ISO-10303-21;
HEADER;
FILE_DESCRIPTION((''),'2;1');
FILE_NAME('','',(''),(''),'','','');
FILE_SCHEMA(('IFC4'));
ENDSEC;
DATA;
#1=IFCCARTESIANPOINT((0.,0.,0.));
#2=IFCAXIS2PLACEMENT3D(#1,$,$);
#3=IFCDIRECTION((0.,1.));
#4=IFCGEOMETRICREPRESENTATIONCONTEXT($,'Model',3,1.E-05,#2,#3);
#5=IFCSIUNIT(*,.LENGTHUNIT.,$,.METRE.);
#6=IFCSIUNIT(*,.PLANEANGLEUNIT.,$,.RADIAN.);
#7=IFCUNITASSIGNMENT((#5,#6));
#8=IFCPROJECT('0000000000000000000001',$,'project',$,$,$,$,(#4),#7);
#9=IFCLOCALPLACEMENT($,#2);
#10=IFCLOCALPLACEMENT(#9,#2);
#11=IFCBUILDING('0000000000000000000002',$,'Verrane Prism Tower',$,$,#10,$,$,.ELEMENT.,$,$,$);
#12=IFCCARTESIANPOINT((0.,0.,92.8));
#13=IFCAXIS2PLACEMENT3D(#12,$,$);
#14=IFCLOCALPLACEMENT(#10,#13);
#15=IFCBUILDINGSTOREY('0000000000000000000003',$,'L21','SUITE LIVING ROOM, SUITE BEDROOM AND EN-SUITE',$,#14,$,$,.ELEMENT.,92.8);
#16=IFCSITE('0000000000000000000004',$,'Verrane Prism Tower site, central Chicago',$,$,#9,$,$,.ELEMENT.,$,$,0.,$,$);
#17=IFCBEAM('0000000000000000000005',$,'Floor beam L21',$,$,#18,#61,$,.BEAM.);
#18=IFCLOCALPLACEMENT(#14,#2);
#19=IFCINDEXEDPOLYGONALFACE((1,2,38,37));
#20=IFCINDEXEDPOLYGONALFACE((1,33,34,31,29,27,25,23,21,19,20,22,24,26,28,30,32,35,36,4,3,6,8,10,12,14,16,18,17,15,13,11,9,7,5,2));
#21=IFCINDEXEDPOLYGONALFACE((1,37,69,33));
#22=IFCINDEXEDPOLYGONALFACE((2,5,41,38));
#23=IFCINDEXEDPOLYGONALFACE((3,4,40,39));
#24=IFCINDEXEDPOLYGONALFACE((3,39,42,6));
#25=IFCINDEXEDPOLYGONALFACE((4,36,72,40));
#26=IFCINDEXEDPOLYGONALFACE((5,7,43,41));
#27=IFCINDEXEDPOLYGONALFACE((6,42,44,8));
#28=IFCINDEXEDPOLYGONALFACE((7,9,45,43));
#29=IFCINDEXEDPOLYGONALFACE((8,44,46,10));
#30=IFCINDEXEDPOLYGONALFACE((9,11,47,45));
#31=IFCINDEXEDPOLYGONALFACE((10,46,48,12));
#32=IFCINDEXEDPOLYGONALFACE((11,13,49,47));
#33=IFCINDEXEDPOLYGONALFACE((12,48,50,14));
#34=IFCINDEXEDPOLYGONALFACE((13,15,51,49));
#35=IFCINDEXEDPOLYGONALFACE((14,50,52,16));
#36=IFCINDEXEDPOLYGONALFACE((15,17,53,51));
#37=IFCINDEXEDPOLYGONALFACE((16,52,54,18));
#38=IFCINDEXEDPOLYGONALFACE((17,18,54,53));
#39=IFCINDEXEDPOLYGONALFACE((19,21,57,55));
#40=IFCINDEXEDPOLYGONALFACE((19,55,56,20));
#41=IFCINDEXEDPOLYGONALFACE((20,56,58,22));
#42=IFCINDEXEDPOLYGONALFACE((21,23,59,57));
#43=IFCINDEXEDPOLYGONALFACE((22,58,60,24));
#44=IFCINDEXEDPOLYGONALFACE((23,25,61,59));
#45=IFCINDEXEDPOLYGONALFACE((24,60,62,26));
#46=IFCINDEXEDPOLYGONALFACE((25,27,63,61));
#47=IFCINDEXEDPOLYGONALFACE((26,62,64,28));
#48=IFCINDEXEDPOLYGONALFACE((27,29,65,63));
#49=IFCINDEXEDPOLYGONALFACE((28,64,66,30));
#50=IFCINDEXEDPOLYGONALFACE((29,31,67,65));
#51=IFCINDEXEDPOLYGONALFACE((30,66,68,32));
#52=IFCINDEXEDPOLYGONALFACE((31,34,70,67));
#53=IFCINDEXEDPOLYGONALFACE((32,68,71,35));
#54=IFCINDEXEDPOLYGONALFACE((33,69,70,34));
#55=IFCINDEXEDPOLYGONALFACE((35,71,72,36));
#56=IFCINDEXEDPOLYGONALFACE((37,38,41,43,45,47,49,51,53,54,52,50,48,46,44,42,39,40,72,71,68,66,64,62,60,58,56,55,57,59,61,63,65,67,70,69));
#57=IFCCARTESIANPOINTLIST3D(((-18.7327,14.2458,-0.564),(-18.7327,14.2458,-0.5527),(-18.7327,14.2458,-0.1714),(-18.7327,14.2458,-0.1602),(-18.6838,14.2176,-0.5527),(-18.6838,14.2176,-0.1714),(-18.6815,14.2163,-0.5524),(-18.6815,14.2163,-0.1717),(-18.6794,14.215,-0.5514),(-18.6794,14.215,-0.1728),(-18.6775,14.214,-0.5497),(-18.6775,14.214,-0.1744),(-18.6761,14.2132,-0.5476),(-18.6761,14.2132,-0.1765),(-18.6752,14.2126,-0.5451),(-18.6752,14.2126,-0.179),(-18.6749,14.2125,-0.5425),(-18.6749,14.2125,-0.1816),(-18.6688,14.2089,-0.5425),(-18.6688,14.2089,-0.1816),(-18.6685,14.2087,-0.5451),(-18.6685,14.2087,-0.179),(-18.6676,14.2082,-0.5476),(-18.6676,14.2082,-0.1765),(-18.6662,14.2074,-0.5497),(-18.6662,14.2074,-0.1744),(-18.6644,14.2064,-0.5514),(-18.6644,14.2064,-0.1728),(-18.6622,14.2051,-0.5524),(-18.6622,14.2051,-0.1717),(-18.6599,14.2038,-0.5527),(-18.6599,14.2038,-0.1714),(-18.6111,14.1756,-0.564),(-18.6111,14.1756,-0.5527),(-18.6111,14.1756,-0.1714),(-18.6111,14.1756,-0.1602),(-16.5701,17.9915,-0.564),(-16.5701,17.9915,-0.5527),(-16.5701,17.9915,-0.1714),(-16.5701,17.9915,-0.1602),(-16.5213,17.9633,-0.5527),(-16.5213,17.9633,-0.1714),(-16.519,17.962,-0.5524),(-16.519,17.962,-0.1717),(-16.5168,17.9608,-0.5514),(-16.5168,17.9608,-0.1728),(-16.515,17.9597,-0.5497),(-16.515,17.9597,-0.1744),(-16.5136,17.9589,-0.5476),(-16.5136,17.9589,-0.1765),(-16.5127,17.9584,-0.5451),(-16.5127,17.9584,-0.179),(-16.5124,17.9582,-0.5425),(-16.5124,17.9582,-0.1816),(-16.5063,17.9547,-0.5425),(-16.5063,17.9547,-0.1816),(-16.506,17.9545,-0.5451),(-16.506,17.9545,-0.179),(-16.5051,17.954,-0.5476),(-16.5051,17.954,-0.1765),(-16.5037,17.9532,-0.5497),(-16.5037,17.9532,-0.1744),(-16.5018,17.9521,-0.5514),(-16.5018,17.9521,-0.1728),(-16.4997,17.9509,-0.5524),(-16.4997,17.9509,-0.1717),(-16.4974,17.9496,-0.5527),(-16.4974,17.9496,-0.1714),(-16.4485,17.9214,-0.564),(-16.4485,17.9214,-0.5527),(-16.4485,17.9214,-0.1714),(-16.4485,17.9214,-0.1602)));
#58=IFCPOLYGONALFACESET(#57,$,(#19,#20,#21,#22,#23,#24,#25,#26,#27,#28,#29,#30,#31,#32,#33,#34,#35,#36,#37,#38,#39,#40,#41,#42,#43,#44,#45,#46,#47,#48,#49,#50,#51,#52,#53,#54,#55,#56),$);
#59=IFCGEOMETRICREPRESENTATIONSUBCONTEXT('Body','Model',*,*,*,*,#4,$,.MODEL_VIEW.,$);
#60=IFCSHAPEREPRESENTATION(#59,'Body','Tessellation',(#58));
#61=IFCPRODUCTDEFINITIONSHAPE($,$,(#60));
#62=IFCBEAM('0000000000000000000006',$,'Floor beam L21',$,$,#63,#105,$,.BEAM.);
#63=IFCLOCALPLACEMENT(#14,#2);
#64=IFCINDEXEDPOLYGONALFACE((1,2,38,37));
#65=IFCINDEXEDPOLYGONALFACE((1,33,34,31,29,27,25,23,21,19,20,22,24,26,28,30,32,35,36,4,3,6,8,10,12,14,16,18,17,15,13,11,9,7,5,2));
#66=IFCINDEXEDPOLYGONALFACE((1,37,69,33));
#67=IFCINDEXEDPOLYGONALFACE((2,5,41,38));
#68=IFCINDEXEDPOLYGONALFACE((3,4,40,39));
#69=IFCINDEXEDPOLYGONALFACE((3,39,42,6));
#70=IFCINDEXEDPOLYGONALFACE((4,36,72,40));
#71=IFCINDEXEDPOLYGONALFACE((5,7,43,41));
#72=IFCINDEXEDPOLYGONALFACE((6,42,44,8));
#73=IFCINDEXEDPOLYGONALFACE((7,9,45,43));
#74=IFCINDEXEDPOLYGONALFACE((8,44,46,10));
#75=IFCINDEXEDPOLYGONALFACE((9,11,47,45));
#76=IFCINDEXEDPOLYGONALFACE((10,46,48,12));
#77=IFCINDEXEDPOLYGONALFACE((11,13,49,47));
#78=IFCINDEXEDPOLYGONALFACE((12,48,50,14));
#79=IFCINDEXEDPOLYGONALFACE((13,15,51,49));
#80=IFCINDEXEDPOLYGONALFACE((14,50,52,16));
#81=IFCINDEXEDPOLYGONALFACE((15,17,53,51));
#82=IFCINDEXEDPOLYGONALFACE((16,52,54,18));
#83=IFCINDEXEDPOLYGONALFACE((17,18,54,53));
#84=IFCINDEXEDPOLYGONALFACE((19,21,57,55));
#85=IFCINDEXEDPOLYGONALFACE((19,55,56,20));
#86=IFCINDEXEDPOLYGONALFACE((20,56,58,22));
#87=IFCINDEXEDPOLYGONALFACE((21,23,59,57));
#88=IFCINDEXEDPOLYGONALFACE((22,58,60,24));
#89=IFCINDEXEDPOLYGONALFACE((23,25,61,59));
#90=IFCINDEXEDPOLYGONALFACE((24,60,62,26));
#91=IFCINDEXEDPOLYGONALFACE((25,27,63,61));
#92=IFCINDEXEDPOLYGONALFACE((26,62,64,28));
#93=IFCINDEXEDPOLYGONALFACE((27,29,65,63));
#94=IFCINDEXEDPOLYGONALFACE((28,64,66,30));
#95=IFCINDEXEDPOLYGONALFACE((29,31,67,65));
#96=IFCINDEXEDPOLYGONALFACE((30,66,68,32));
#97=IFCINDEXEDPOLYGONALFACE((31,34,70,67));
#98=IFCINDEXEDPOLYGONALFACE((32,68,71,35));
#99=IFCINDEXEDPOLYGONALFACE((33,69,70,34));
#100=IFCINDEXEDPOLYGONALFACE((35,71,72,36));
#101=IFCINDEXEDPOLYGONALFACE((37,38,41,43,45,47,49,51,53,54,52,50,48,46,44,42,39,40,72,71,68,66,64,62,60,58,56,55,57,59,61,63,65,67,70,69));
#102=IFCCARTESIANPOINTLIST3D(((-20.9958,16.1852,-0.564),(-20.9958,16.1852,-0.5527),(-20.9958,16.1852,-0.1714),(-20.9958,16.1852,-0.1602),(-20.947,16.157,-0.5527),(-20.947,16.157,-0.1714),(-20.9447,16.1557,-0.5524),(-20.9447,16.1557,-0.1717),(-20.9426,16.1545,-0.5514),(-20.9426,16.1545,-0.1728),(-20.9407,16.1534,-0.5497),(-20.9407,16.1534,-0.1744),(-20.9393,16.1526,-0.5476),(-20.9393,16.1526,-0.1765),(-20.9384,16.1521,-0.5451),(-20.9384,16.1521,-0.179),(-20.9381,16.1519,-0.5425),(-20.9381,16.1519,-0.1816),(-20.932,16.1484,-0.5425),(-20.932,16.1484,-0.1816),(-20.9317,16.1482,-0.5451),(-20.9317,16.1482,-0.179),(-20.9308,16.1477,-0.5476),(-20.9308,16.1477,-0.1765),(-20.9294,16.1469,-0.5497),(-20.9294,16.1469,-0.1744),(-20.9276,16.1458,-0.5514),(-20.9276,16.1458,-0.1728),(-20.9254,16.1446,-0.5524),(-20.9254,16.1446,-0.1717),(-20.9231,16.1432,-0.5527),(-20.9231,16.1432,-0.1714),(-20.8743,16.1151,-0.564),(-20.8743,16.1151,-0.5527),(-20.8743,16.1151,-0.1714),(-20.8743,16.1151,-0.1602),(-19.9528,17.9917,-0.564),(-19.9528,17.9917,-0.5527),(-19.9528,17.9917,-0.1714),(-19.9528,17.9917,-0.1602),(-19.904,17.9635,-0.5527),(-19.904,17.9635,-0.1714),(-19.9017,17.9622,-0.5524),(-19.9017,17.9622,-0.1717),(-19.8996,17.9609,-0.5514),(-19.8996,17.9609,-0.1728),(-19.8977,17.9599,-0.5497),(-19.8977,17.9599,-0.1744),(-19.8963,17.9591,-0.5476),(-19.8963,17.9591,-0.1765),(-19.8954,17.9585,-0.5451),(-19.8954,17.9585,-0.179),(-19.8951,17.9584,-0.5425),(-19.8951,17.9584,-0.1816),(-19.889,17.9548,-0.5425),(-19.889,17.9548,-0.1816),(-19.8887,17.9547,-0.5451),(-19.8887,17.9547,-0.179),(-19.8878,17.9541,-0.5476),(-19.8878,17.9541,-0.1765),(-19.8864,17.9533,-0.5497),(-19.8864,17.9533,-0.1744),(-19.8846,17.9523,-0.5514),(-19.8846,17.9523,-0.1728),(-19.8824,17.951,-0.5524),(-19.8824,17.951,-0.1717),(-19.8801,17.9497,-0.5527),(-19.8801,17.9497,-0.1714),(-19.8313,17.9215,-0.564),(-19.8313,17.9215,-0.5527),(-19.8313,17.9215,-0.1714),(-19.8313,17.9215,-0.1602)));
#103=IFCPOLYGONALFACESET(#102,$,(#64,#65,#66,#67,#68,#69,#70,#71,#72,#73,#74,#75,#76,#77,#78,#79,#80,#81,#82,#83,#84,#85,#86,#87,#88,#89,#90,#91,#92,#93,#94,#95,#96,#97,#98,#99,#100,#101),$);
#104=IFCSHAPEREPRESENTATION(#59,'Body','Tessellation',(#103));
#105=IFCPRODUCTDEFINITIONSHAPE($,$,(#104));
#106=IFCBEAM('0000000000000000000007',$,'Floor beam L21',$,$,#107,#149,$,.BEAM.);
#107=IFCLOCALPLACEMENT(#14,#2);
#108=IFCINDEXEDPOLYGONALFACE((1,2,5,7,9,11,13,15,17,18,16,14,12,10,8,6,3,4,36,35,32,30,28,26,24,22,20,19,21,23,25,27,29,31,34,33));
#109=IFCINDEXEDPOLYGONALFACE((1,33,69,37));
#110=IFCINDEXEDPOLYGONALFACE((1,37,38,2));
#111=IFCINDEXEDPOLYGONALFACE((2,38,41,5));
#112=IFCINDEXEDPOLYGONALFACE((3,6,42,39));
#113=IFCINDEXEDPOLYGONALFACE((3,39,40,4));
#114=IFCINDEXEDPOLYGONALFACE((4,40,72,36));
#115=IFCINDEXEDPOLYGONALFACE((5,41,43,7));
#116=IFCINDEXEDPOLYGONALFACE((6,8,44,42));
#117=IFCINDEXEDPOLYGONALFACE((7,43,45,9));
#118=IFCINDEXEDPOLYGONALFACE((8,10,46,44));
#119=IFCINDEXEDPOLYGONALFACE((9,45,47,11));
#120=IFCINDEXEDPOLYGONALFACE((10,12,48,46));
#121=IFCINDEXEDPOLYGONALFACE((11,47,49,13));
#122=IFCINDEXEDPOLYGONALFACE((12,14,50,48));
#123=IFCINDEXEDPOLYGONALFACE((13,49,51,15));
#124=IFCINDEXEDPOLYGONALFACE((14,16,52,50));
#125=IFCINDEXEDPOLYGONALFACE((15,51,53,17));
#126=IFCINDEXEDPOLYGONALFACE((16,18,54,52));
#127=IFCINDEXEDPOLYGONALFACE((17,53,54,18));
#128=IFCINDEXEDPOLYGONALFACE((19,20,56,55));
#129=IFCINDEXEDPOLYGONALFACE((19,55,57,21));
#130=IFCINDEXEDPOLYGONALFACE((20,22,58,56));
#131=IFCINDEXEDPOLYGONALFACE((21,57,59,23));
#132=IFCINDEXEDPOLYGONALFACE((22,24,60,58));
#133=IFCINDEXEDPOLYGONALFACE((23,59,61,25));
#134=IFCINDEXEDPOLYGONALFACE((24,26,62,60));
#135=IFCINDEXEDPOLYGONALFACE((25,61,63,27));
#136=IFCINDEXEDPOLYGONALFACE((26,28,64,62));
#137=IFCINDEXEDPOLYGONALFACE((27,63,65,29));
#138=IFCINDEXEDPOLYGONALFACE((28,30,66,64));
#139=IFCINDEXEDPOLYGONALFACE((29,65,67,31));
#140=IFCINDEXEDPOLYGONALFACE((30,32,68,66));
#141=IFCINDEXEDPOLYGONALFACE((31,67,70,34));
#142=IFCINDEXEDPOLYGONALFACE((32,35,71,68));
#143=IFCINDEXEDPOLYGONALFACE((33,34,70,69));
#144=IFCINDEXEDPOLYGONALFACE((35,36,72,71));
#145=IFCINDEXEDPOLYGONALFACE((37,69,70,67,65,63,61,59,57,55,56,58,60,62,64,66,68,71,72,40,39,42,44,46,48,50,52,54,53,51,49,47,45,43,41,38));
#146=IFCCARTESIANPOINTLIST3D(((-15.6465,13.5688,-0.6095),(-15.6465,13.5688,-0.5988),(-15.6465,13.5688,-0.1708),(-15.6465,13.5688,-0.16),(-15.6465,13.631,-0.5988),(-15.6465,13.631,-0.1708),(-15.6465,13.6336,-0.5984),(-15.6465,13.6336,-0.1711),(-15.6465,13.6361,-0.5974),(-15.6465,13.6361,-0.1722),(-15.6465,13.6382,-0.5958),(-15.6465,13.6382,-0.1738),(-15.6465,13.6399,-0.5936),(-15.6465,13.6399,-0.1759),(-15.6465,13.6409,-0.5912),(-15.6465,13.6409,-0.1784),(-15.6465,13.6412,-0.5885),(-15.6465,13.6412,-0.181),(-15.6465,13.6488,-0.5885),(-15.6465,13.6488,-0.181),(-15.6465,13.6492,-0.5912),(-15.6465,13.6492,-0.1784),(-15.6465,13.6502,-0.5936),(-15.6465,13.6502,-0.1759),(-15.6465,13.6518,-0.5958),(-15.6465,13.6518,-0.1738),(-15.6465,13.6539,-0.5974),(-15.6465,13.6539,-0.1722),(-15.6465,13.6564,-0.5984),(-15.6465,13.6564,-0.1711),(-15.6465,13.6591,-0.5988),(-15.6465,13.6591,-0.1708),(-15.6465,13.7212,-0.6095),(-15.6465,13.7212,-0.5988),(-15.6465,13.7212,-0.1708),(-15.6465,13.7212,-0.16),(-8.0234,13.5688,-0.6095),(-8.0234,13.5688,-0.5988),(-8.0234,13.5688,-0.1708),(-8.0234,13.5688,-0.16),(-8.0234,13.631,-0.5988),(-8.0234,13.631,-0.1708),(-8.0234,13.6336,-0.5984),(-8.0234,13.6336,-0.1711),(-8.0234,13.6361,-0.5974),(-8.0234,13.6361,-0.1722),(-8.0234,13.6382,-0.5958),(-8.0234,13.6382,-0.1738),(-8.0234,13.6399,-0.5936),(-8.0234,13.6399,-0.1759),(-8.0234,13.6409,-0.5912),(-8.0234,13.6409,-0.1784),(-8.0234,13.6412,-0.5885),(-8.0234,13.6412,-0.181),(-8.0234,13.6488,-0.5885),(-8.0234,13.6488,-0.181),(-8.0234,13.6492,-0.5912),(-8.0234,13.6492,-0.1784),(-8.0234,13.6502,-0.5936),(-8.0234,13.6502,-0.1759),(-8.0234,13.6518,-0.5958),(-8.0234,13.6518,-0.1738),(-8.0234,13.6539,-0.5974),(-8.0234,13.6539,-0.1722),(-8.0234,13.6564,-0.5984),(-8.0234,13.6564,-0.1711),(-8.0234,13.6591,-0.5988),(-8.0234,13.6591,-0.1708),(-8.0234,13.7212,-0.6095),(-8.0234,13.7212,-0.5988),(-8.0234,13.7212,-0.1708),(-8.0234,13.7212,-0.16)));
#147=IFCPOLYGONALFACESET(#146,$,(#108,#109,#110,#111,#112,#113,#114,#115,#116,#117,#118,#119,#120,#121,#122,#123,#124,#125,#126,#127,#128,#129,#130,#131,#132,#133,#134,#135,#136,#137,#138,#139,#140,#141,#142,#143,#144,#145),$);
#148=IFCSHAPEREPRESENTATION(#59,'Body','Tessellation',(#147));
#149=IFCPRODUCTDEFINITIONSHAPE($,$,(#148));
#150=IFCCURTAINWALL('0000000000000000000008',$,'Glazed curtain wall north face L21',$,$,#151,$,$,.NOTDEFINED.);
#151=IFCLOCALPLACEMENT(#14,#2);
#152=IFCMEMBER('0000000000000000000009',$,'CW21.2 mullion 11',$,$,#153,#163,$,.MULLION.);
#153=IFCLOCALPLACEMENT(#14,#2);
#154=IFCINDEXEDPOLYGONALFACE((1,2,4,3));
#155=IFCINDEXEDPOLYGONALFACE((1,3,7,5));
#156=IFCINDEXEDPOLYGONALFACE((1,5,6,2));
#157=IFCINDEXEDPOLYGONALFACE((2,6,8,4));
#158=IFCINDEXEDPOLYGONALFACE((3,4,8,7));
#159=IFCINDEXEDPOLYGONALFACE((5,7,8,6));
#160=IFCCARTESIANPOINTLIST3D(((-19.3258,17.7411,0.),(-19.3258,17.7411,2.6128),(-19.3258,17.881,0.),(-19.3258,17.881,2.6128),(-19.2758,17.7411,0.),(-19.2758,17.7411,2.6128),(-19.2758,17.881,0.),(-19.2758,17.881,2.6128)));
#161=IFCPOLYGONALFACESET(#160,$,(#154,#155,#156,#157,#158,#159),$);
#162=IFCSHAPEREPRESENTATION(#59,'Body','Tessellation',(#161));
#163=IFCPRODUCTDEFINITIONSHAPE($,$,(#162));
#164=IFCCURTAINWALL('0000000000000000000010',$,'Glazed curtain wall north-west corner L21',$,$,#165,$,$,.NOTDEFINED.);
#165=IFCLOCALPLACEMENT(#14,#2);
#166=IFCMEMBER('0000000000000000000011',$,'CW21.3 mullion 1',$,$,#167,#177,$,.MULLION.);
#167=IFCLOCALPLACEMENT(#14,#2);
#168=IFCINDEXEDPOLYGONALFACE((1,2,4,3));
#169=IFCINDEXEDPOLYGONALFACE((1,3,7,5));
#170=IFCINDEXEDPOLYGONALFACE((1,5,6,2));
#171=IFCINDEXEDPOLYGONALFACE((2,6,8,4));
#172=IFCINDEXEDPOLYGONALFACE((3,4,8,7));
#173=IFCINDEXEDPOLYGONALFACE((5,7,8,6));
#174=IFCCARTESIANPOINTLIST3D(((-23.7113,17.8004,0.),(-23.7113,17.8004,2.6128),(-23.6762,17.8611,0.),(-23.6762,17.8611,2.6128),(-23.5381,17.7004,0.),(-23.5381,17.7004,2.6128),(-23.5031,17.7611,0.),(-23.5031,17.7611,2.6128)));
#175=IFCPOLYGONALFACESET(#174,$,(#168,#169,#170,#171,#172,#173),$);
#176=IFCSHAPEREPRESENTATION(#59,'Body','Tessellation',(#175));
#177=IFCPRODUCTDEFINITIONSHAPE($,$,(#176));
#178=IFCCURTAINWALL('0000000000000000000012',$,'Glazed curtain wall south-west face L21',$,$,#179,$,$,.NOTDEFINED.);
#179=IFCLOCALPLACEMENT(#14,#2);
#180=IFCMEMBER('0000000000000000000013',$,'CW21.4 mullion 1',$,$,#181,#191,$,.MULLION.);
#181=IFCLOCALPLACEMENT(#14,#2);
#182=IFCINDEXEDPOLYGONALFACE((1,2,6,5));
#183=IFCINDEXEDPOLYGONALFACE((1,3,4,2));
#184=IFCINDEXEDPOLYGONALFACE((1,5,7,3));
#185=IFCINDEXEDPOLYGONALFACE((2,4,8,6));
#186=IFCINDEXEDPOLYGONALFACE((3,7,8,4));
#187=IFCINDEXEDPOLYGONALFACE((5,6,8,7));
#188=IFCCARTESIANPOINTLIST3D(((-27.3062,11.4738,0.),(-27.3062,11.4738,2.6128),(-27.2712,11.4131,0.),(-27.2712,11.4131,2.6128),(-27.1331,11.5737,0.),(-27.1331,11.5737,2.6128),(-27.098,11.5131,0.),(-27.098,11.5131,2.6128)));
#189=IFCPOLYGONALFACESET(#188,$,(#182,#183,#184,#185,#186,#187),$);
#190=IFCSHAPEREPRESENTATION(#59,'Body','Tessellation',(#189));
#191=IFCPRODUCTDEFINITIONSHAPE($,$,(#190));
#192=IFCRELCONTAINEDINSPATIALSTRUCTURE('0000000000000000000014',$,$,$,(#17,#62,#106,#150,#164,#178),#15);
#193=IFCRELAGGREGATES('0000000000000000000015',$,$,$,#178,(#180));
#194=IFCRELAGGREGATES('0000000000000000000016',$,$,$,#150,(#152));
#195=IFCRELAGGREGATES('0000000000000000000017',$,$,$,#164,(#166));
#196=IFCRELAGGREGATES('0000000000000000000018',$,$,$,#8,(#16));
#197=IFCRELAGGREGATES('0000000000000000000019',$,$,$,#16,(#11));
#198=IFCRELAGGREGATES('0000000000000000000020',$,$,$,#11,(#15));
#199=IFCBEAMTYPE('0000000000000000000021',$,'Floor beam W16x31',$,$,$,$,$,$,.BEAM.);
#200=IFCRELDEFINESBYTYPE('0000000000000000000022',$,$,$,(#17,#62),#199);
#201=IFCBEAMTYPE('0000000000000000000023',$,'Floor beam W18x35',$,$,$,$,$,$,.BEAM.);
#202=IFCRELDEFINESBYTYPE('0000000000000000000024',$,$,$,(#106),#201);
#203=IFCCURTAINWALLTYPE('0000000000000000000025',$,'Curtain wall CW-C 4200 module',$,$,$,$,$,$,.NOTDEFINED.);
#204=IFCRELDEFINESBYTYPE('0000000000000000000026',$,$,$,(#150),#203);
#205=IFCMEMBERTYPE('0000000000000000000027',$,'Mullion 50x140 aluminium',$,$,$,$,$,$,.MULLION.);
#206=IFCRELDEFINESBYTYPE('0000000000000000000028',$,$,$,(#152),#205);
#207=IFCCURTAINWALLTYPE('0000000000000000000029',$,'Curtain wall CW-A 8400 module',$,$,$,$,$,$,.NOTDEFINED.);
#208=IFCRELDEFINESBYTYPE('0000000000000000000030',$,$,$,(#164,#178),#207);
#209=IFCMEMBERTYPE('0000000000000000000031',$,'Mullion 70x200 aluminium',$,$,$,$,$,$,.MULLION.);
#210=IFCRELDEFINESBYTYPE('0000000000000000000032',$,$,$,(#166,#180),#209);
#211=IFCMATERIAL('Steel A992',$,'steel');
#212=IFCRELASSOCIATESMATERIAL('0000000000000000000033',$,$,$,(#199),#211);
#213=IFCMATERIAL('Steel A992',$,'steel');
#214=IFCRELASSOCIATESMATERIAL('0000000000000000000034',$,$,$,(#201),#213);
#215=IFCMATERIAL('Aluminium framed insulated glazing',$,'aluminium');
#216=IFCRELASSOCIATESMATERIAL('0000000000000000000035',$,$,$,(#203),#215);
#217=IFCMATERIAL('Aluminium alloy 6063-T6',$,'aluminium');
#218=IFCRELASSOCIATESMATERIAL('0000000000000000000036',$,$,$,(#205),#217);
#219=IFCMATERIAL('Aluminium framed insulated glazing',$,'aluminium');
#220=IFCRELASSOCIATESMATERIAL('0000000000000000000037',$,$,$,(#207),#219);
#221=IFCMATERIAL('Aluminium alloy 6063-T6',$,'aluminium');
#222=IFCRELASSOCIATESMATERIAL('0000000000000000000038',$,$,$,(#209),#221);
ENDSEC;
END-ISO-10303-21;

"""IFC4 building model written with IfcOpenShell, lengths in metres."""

from ifc_helpers import new_model, si_unit, direction, frame, origin, origin_2d, place, context, subcontext, project, spatial, rectangle, i_section, extrude, material, material_profile, profile_set, type_object, element, aggregate, save


model = new_model("IFC4")

# Units and contexts
model_context = context("Model", 3, precision=1e-05, world=origin(), true_north=direction((0.0, 1.0)))
body_context = subcontext(model_context, "Body", "Model", "MODEL_VIEW")
ifc_project = project(units=[si_unit("LENGTHUNIT", "METRE"), si_unit("PLANEANGLEUNIT", "RADIAN")], contexts=[model_context])

# Site, building, storey
site_placement = place(None, origin())
site = spatial("IfcSite", under=ifc_project, at=site_placement, Name="Verrane Prism Tower site, central Chicago", CompositionType="ELEMENT", RefElevation=0.0)
building_placement = place(site_placement, origin())
building = spatial("IfcBuilding", under=site, at=building_placement, Name="Verrane Prism Tower", CompositionType="ELEMENT")
storey_placement = place(building_placement, frame((0.0, 0.0, 92.8)))
storey = spatial("IfcBuildingStorey", under=building, at=storey_placement, Name="L21", Description="SUITE LIVING ROOM, SUITE BEDROOM AND EN-SUITE", CompositionType="ELEMENT", Elevation=92.8)

# Beams
ifc_material_1 = material(Name="Steel A992", Category="steel")
ifc_material_profile_1 = material_profile(ifc_material_1, i_section(OverallWidth=0.1404, OverallDepth=0.4038, WebThickness=0.0071, FlangeThickness=0.0112, FilletRadius=0.0103, at=origin_2d()), Name="W16x31")
ifc_profile_set_1 = profile_set([ifc_material_profile_1], Name="Steel A992")
beam_type_1 = type_object("IfcBeamType", Name="Floor beam W16x31", PredefinedType="BEAM", material=ifc_profile_set_1)
beam_1_placement = place(storey_placement, frame((-18.6719, 14.2107, -0.3621), z_axis=(0.499988, 0.866032, 0.0), x_axis=(-0.866032, 0.499988, 0.0)))
element("IfcBeam", 1, at=beam_1_placement, inside=storey, type_object=beam_type_1, Name="Floor beam L21", PredefinedType="BEAM", context=body_context, shape_type="SweptSolid", body=[
    extrude(i_section(OverallWidth=0.1404, OverallDepth=0.4038, WebThickness=0.0071, FlangeThickness=0.0112, FilletRadius=0.0103, at=origin_2d()), origin(), (0.0, 0.0, 1.0), 4.3252),
])
beam_2_placement = place(storey_placement, frame((-20.9351, 16.1501, -0.3621), z_axis=(0.500016, 0.866016, 0.0), x_axis=(-0.866016, 0.500016, 0.0)))
element("IfcBeam", 2, at=beam_2_placement, inside=storey, type_object=beam_type_1, Name="Floor beam L21", PredefinedType="BEAM", context=body_context, shape_type="SweptSolid", body=[
    extrude(i_section(OverallWidth=0.1404, OverallDepth=0.4038, WebThickness=0.0071, FlangeThickness=0.0112, FilletRadius=0.0103, at=origin_2d()), origin(), (0.0, 0.0, 1.0), 2.0859),
])
ifc_material_2 = material(Name="Steel A992", Category="steel")
ifc_material_profile_2 = material_profile(ifc_material_2, i_section(OverallWidth=0.1523, OverallDepth=0.4495, WebThickness=0.0076, FlangeThickness=0.0107, FilletRadius=0.0103, at=origin_2d()), Name="W18x35")
ifc_profile_set_2 = profile_set([ifc_material_profile_2], Name="Steel A992")
beam_type_2 = type_object("IfcBeamType", Name="Floor beam W18x35", PredefinedType="BEAM", material=ifc_profile_set_2)
beam_3_placement = place(storey_placement, frame((-15.6465, 13.645, -0.3848), z_axis=(1.0, 0.0, 0.0), x_axis=(0.0, 1.0, 0.0)))
element("IfcBeam", 3, at=beam_3_placement, inside=storey, type_object=beam_type_2, Name="Floor beam L21", PredefinedType="BEAM", context=body_context, shape_type="SweptSolid", body=[
    extrude(i_section(OverallWidth=0.1523, OverallDepth=0.4495, WebThickness=0.0076, FlangeThickness=0.0107, FilletRadius=0.0103, at=origin_2d()), origin(), (0.0, 0.0, 1.0), 7.623),
])

# Curtain walls, members
ifc_material_3 = material(Name="Aluminium framed insulated glazing", Category="aluminium")
curtain_wall_type_1 = type_object("IfcCurtainWallType", Name="Curtain wall CW-C 4200 module", PredefinedType="NOTDEFINED", material=ifc_material_3)
curtain_wall_1_placement = place(storey_placement, origin())
curtain_wall_1 = element("IfcCurtainWall", 4, at=curtain_wall_1_placement, inside=storey, type_object=curtain_wall_type_1, Name="Glazed curtain wall north face L21", PredefinedType="NOTDEFINED")
ifc_material_4 = material(Name="Aluminium alloy 6063-T6", Category="aluminium")
ifc_material_profile_3 = material_profile(ifc_material_4, rectangle(XDim=0.1399, YDim=0.05, at=origin_2d()), Name="Mullion 50x140 aluminium")
ifc_profile_set_3 = profile_set([ifc_material_profile_3], Name="Aluminium alloy 6063-T6")
member_type_1 = type_object("IfcMemberType", Name="Mullion 50x140 aluminium", PredefinedType="MULLION", material=ifc_profile_set_3)
member_1_placement = place(storey_placement, frame((-19.3008, 17.811, 0.0), z_axis=(0.0, 0.0, 1.0), x_axis=(0.0, -1.0, 0.0)))
member_1 = element("IfcMember", 5, at=member_1_placement, type_object=member_type_1, Name="CW21.2 mullion 11", PredefinedType="MULLION", context=body_context, shape_type="SweptSolid", body=[
    extrude(rectangle(XDim=0.1399, YDim=0.05, at=origin_2d()), origin(), (0.0, 0.0, 1.0), 2.6128),
])
ifc_material_5 = material(Name="Aluminium framed insulated glazing", Category="aluminium")
curtain_wall_type_2 = type_object("IfcCurtainWallType", Name="Curtain wall CW-A 8400 module", PredefinedType="NOTDEFINED", material=ifc_material_5)
curtain_wall_2_placement = place(storey_placement, origin())
curtain_wall_2 = element("IfcCurtainWall", 6, at=curtain_wall_2_placement, inside=storey, type_object=curtain_wall_type_2, Name="Glazed curtain wall north-west corner L21", PredefinedType="NOTDEFINED")
ifc_material_6 = material(Name="Aluminium alloy 6063-T6", Category="aluminium")
ifc_material_profile_4 = material_profile(ifc_material_6, rectangle(XDim=0.2, YDim=0.0701, at=origin_2d()), Name="Mullion 70x200 aluminium")
ifc_profile_set_4 = profile_set([ifc_material_profile_4], Name="Aluminium alloy 6063-T6")
member_type_2 = type_object("IfcMemberType", Name="Mullion 70x200 aluminium", PredefinedType="MULLION", material=ifc_profile_set_4)
member_2_placement = place(storey_placement, frame((-23.6072, 17.7808, 0.0), z_axis=(0.0, 0.0, 1.0), x_axis=(0.866026, -0.499998, 0.0)))
member_2 = element("IfcMember", 7, at=member_2_placement, type_object=member_type_2, Name="CW21.3 mullion 1", PredefinedType="MULLION", context=body_context, shape_type="SweptSolid", body=[
    extrude(rectangle(XDim=0.2, YDim=0.0701, at=origin_2d()), origin(), (0.0, 0.0, 1.0), 2.6128),
])
curtain_wall_3_placement = place(storey_placement, origin())
curtain_wall_3 = element("IfcCurtainWall", 8, at=curtain_wall_3_placement, inside=storey, type_object=curtain_wall_type_2, Name="Glazed curtain wall south-west face L21", PredefinedType="NOTDEFINED")
member_3_placement = place(storey_placement, frame((-27.2021, 11.4934, 0.0), z_axis=(0.0, 0.0, 1.0), x_axis=(0.866026, 0.5, 0.0)))
member_3 = element("IfcMember", 9, at=member_3_placement, type_object=member_type_2, Name="CW21.4 mullion 1", PredefinedType="MULLION", context=body_context, shape_type="SweptSolid", body=[
    extrude(rectangle(XDim=0.2, YDim=0.0701, at=origin_2d()), origin(), (0.0, 0.0, 1.0), 2.6128),
])

aggregate(curtain_wall_3, [member_3])

aggregate(curtain_wall_1, [member_1])
aggregate(curtain_wall_2, [member_2])

save(model, "model.ifc")
